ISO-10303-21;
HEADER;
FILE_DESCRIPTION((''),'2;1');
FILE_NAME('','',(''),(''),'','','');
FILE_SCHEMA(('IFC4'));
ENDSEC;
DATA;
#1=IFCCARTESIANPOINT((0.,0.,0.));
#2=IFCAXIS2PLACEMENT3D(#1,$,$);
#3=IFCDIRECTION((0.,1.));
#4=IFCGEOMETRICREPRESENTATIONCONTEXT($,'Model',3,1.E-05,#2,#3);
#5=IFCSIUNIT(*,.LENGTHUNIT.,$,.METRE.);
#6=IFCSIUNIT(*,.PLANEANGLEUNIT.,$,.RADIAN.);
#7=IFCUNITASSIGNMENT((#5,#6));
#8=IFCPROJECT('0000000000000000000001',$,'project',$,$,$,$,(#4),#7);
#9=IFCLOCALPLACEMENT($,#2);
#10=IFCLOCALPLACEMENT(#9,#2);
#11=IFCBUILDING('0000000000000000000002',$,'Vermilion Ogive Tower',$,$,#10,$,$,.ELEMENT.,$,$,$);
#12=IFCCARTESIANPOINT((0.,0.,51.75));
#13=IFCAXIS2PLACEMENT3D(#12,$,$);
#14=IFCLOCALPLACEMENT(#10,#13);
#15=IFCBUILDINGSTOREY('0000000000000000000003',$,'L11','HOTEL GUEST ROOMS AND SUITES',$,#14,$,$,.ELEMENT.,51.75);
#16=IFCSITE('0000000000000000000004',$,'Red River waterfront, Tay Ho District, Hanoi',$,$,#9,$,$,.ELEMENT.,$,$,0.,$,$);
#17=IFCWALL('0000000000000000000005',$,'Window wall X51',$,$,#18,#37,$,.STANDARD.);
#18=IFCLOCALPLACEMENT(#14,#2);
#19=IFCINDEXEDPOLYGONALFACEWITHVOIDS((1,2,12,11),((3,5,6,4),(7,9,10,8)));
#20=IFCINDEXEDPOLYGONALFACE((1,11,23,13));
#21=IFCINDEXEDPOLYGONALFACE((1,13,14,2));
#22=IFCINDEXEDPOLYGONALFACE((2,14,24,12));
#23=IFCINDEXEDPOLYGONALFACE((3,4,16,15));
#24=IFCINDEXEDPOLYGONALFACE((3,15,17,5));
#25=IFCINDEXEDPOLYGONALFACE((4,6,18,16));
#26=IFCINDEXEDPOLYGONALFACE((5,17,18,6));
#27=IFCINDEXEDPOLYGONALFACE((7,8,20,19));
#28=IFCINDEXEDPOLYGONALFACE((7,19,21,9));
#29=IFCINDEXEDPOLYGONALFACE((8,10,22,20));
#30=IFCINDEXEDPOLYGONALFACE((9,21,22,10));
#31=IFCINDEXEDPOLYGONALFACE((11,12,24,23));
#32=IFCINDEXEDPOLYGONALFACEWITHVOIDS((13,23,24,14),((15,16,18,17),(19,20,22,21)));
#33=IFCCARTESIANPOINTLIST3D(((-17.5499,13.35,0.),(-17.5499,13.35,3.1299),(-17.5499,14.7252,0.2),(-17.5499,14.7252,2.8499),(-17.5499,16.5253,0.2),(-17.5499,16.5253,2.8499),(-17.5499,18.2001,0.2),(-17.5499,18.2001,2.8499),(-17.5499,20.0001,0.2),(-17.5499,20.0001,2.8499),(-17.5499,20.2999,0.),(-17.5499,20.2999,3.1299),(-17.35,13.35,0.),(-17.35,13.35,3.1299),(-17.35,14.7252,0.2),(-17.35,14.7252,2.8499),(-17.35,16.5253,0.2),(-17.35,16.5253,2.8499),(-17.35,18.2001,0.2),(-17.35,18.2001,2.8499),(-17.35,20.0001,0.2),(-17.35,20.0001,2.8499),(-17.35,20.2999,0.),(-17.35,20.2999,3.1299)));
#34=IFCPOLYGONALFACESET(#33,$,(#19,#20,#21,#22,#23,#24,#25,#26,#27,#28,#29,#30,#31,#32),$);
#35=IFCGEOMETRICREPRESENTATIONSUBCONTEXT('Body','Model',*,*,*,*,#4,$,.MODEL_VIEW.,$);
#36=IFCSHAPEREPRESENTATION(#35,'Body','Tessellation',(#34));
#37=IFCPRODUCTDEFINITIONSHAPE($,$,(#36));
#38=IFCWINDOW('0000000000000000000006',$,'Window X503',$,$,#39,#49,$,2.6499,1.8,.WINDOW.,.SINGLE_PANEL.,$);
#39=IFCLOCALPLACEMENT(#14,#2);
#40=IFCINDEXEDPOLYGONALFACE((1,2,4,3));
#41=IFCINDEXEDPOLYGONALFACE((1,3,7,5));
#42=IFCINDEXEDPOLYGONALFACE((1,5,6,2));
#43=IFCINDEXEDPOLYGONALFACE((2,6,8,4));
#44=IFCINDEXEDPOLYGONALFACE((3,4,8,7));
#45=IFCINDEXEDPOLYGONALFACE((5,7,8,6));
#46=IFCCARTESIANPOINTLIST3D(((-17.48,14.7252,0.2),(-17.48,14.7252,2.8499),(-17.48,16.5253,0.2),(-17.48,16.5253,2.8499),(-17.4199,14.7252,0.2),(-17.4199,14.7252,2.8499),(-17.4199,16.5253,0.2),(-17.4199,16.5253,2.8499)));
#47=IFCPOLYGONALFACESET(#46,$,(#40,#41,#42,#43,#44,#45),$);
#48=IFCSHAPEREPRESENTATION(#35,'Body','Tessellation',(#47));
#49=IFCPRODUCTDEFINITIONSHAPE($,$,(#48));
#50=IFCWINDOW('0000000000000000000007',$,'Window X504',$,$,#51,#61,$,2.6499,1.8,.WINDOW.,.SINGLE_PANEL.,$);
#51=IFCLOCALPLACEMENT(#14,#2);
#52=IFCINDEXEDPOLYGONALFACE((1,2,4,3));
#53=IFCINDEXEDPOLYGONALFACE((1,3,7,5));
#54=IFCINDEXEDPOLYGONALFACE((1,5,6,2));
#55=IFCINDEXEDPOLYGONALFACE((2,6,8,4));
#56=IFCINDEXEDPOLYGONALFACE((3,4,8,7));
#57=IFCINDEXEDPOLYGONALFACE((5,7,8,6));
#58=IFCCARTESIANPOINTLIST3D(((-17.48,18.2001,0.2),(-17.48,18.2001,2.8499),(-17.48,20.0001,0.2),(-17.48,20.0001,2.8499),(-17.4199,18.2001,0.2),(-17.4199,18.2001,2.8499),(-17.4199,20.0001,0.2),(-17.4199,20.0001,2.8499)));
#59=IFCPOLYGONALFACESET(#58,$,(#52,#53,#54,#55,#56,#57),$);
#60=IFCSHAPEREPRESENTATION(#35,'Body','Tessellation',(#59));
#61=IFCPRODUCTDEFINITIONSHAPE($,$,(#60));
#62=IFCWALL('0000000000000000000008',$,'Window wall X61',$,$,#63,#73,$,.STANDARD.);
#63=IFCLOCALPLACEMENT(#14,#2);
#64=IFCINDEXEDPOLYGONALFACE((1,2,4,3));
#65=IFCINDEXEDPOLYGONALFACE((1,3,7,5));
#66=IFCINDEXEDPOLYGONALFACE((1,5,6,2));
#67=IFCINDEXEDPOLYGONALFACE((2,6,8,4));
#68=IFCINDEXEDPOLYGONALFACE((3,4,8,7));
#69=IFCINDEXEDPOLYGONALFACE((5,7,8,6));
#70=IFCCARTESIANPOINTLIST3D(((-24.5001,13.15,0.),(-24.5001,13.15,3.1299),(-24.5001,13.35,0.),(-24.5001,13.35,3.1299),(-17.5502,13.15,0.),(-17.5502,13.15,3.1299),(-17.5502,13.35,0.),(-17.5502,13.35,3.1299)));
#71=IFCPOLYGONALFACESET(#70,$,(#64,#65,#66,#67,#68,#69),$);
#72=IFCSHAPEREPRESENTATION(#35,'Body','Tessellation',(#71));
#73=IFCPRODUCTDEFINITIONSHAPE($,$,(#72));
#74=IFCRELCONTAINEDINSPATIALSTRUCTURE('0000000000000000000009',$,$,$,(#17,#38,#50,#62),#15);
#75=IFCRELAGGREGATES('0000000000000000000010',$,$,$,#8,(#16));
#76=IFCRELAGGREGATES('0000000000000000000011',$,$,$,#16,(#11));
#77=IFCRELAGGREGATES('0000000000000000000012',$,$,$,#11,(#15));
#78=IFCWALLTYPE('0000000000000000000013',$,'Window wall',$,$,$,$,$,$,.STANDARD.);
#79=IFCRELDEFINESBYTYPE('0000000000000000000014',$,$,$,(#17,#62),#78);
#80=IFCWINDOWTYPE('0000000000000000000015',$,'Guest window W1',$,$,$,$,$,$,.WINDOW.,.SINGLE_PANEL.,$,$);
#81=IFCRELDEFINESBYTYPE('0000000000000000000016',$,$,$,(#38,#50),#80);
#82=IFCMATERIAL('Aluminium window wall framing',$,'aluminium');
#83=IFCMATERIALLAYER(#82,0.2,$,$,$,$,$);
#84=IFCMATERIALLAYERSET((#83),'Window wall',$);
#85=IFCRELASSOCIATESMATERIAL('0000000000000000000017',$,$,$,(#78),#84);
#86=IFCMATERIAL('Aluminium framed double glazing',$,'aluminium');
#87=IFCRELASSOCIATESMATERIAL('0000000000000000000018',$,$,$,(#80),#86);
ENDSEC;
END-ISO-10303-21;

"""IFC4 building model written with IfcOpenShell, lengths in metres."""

from ifc_helpers import new_model, si_unit, direction, frame, frame_2d, origin, place, context, subcontext, project, spatial, rectangle, extrude, material, layer, layer_set, type_object, element, fill, save


model = new_model("IFC4")

# Units and contexts
model_context = context("Model", 3, precision=1e-05, world=origin(), true_north=direction((0.0, 1.0)))
body_context = subcontext(model_context, "Body", "Model", "MODEL_VIEW")
ifc_project = project(units=[si_unit("LENGTHUNIT", "METRE"), si_unit("PLANEANGLEUNIT", "RADIAN")], contexts=[model_context])

# Site, building, storey
site_placement = place(None, origin())
site = spatial("IfcSite", under=ifc_project, at=site_placement, Name="Red River waterfront, Tay Ho District, Hanoi", CompositionType="ELEMENT", RefElevation=0.0)
building_placement = place(site_placement, origin())
building = spatial("IfcBuilding", under=site, at=building_placement, Name="Vermilion Ogive Tower", CompositionType="ELEMENT")
storey_placement = place(building_placement, frame((0.0, 0.0, 51.75)))
storey = spatial("IfcBuildingStorey", under=building, at=storey_placement, Name="L11", Description="HOTEL GUEST ROOMS AND SUITES", CompositionType="ELEMENT", Elevation=51.75)

# Shared definitions
ifc_material_1 = material(Name="Aluminium window wall framing", Category="aluminium")
ifc_layer_1 = layer(ifc_material_1, 0.2)
ifc_layer_set_1 = layer_set([ifc_layer_1], Name="Window wall")
wall_type_1 = type_object("IfcWallType", Name="Window wall", PredefinedType="STANDARD", material=ifc_layer_set_1)
ifc_material_2 = material(Name="Aluminium framed double glazing", Category="aluminium")
window_type = type_object("IfcWindowType", Name="Guest window W1", PartitioningType="SINGLE_PANEL", PredefinedType="WINDOW", material=ifc_material_2)

# Wall, openings, windows
wall_1_placement = place(storey_placement, frame((-17.45, 20.3, 0.0), z_axis=(0.0, 0.0, 1.0), x_axis=(0.0, -1.0, 0.0)))
wall_1 = element("IfcWall", 1, at=wall_1_placement, inside=storey, type_object=wall_type_1, Name="Window wall X51", PredefinedType="STANDARD", context=body_context, shape_type="SweptSolid", body=[
    extrude(rectangle(XDim=6.95, YDim=0.2, at=frame_2d((3.4751, 0.0))), origin(), (0.0, 0.0, 1.0), 3.1299),
])
opening_1_placement = place(wall_1_placement, frame((3.7749, 0.0, 0.2)))
opening_1 = element("IfcOpeningElement", 2, at=opening_1_placement, cuts=wall_1, PredefinedType="OPENING", context=body_context, shape_type="SweptSolid", body=[
    extrude(rectangle(XDim=1.8, YDim=2.6499, at=frame_2d((0.8999, 1.325))), frame((0.0, 0.1099, 0.0), z_axis=(0.0, -1.0, 0.0), x_axis=(1.0, 0.0, 0.0)), (0.0, 0.0, 1.0), 0.22),
])
opening_2_placement = place(wall_1_placement, frame((0.3, 0.0, 0.2)))
opening_2 = element("IfcOpeningElement", 3, at=opening_2_placement, cuts=wall_1, PredefinedType="OPENING", context=body_context, shape_type="SweptSolid", body=[
    extrude(rectangle(XDim=1.8, YDim=2.6499, at=frame_2d((0.8999, 1.325))), frame((0.0, 0.1099, 0.0), z_axis=(0.0, -1.0, 0.0), x_axis=(1.0, 0.0, 0.0)), (0.0, 0.0, 1.0), 0.22),
])
window_1_placement = place(opening_1_placement, origin())
window_1 = element("IfcWindow", 4, at=window_1_placement, inside=storey, type_object=window_type, Name="Window X503", OverallHeight=2.6499, OverallWidth=1.8, PartitioningType="SINGLE_PANEL", PredefinedType="WINDOW", context=body_context, shape_type="SweptSolid", body=[
    extrude(rectangle(XDim=1.8, YDim=2.6499, at=frame_2d((0.8999, 1.325))), frame((0.0, 0.03, 0.0), z_axis=(0.0, -1.0, 0.0), x_axis=(1.0, 0.0, 0.0)), (0.0, 0.0, 1.0), 0.0601),
])
fill(opening_1, window_1)
window_2_placement = place(opening_2_placement, origin())
window_2 = element("IfcWindow", 5, at=window_2_placement, inside=storey, type_object=window_type, Name="Window X504", OverallHeight=2.6499, OverallWidth=1.8, PartitioningType="SINGLE_PANEL", PredefinedType="WINDOW", context=body_context, shape_type="SweptSolid", body=[
    extrude(rectangle(XDim=1.8, YDim=2.6499, at=frame_2d((0.8999, 1.325))), frame((0.0, 0.03, 0.0), z_axis=(0.0, -1.0, 0.0), x_axis=(1.0, 0.0, 0.0)), (0.0, 0.0, 1.0), 0.0601),
])
fill(opening_2, window_2)

# Wall
wall_2_placement = place(storey_placement, frame((-17.55, 13.25, 0.0), z_axis=(0.0, 0.0, 1.0), x_axis=(-1.0, 0.0, 0.0)))
element("IfcWall", 6, at=wall_2_placement, inside=storey, type_object=wall_type_1, Name="Window wall X61", PredefinedType="STANDARD", context=body_context, shape_type="SweptSolid", body=[
    extrude(rectangle(XDim=6.95, YDim=0.2, at=frame_2d((3.4751, 0.0))), origin(), (0.0, 0.0, 1.0), 3.1299),
])

save(model, "model.ifc")
